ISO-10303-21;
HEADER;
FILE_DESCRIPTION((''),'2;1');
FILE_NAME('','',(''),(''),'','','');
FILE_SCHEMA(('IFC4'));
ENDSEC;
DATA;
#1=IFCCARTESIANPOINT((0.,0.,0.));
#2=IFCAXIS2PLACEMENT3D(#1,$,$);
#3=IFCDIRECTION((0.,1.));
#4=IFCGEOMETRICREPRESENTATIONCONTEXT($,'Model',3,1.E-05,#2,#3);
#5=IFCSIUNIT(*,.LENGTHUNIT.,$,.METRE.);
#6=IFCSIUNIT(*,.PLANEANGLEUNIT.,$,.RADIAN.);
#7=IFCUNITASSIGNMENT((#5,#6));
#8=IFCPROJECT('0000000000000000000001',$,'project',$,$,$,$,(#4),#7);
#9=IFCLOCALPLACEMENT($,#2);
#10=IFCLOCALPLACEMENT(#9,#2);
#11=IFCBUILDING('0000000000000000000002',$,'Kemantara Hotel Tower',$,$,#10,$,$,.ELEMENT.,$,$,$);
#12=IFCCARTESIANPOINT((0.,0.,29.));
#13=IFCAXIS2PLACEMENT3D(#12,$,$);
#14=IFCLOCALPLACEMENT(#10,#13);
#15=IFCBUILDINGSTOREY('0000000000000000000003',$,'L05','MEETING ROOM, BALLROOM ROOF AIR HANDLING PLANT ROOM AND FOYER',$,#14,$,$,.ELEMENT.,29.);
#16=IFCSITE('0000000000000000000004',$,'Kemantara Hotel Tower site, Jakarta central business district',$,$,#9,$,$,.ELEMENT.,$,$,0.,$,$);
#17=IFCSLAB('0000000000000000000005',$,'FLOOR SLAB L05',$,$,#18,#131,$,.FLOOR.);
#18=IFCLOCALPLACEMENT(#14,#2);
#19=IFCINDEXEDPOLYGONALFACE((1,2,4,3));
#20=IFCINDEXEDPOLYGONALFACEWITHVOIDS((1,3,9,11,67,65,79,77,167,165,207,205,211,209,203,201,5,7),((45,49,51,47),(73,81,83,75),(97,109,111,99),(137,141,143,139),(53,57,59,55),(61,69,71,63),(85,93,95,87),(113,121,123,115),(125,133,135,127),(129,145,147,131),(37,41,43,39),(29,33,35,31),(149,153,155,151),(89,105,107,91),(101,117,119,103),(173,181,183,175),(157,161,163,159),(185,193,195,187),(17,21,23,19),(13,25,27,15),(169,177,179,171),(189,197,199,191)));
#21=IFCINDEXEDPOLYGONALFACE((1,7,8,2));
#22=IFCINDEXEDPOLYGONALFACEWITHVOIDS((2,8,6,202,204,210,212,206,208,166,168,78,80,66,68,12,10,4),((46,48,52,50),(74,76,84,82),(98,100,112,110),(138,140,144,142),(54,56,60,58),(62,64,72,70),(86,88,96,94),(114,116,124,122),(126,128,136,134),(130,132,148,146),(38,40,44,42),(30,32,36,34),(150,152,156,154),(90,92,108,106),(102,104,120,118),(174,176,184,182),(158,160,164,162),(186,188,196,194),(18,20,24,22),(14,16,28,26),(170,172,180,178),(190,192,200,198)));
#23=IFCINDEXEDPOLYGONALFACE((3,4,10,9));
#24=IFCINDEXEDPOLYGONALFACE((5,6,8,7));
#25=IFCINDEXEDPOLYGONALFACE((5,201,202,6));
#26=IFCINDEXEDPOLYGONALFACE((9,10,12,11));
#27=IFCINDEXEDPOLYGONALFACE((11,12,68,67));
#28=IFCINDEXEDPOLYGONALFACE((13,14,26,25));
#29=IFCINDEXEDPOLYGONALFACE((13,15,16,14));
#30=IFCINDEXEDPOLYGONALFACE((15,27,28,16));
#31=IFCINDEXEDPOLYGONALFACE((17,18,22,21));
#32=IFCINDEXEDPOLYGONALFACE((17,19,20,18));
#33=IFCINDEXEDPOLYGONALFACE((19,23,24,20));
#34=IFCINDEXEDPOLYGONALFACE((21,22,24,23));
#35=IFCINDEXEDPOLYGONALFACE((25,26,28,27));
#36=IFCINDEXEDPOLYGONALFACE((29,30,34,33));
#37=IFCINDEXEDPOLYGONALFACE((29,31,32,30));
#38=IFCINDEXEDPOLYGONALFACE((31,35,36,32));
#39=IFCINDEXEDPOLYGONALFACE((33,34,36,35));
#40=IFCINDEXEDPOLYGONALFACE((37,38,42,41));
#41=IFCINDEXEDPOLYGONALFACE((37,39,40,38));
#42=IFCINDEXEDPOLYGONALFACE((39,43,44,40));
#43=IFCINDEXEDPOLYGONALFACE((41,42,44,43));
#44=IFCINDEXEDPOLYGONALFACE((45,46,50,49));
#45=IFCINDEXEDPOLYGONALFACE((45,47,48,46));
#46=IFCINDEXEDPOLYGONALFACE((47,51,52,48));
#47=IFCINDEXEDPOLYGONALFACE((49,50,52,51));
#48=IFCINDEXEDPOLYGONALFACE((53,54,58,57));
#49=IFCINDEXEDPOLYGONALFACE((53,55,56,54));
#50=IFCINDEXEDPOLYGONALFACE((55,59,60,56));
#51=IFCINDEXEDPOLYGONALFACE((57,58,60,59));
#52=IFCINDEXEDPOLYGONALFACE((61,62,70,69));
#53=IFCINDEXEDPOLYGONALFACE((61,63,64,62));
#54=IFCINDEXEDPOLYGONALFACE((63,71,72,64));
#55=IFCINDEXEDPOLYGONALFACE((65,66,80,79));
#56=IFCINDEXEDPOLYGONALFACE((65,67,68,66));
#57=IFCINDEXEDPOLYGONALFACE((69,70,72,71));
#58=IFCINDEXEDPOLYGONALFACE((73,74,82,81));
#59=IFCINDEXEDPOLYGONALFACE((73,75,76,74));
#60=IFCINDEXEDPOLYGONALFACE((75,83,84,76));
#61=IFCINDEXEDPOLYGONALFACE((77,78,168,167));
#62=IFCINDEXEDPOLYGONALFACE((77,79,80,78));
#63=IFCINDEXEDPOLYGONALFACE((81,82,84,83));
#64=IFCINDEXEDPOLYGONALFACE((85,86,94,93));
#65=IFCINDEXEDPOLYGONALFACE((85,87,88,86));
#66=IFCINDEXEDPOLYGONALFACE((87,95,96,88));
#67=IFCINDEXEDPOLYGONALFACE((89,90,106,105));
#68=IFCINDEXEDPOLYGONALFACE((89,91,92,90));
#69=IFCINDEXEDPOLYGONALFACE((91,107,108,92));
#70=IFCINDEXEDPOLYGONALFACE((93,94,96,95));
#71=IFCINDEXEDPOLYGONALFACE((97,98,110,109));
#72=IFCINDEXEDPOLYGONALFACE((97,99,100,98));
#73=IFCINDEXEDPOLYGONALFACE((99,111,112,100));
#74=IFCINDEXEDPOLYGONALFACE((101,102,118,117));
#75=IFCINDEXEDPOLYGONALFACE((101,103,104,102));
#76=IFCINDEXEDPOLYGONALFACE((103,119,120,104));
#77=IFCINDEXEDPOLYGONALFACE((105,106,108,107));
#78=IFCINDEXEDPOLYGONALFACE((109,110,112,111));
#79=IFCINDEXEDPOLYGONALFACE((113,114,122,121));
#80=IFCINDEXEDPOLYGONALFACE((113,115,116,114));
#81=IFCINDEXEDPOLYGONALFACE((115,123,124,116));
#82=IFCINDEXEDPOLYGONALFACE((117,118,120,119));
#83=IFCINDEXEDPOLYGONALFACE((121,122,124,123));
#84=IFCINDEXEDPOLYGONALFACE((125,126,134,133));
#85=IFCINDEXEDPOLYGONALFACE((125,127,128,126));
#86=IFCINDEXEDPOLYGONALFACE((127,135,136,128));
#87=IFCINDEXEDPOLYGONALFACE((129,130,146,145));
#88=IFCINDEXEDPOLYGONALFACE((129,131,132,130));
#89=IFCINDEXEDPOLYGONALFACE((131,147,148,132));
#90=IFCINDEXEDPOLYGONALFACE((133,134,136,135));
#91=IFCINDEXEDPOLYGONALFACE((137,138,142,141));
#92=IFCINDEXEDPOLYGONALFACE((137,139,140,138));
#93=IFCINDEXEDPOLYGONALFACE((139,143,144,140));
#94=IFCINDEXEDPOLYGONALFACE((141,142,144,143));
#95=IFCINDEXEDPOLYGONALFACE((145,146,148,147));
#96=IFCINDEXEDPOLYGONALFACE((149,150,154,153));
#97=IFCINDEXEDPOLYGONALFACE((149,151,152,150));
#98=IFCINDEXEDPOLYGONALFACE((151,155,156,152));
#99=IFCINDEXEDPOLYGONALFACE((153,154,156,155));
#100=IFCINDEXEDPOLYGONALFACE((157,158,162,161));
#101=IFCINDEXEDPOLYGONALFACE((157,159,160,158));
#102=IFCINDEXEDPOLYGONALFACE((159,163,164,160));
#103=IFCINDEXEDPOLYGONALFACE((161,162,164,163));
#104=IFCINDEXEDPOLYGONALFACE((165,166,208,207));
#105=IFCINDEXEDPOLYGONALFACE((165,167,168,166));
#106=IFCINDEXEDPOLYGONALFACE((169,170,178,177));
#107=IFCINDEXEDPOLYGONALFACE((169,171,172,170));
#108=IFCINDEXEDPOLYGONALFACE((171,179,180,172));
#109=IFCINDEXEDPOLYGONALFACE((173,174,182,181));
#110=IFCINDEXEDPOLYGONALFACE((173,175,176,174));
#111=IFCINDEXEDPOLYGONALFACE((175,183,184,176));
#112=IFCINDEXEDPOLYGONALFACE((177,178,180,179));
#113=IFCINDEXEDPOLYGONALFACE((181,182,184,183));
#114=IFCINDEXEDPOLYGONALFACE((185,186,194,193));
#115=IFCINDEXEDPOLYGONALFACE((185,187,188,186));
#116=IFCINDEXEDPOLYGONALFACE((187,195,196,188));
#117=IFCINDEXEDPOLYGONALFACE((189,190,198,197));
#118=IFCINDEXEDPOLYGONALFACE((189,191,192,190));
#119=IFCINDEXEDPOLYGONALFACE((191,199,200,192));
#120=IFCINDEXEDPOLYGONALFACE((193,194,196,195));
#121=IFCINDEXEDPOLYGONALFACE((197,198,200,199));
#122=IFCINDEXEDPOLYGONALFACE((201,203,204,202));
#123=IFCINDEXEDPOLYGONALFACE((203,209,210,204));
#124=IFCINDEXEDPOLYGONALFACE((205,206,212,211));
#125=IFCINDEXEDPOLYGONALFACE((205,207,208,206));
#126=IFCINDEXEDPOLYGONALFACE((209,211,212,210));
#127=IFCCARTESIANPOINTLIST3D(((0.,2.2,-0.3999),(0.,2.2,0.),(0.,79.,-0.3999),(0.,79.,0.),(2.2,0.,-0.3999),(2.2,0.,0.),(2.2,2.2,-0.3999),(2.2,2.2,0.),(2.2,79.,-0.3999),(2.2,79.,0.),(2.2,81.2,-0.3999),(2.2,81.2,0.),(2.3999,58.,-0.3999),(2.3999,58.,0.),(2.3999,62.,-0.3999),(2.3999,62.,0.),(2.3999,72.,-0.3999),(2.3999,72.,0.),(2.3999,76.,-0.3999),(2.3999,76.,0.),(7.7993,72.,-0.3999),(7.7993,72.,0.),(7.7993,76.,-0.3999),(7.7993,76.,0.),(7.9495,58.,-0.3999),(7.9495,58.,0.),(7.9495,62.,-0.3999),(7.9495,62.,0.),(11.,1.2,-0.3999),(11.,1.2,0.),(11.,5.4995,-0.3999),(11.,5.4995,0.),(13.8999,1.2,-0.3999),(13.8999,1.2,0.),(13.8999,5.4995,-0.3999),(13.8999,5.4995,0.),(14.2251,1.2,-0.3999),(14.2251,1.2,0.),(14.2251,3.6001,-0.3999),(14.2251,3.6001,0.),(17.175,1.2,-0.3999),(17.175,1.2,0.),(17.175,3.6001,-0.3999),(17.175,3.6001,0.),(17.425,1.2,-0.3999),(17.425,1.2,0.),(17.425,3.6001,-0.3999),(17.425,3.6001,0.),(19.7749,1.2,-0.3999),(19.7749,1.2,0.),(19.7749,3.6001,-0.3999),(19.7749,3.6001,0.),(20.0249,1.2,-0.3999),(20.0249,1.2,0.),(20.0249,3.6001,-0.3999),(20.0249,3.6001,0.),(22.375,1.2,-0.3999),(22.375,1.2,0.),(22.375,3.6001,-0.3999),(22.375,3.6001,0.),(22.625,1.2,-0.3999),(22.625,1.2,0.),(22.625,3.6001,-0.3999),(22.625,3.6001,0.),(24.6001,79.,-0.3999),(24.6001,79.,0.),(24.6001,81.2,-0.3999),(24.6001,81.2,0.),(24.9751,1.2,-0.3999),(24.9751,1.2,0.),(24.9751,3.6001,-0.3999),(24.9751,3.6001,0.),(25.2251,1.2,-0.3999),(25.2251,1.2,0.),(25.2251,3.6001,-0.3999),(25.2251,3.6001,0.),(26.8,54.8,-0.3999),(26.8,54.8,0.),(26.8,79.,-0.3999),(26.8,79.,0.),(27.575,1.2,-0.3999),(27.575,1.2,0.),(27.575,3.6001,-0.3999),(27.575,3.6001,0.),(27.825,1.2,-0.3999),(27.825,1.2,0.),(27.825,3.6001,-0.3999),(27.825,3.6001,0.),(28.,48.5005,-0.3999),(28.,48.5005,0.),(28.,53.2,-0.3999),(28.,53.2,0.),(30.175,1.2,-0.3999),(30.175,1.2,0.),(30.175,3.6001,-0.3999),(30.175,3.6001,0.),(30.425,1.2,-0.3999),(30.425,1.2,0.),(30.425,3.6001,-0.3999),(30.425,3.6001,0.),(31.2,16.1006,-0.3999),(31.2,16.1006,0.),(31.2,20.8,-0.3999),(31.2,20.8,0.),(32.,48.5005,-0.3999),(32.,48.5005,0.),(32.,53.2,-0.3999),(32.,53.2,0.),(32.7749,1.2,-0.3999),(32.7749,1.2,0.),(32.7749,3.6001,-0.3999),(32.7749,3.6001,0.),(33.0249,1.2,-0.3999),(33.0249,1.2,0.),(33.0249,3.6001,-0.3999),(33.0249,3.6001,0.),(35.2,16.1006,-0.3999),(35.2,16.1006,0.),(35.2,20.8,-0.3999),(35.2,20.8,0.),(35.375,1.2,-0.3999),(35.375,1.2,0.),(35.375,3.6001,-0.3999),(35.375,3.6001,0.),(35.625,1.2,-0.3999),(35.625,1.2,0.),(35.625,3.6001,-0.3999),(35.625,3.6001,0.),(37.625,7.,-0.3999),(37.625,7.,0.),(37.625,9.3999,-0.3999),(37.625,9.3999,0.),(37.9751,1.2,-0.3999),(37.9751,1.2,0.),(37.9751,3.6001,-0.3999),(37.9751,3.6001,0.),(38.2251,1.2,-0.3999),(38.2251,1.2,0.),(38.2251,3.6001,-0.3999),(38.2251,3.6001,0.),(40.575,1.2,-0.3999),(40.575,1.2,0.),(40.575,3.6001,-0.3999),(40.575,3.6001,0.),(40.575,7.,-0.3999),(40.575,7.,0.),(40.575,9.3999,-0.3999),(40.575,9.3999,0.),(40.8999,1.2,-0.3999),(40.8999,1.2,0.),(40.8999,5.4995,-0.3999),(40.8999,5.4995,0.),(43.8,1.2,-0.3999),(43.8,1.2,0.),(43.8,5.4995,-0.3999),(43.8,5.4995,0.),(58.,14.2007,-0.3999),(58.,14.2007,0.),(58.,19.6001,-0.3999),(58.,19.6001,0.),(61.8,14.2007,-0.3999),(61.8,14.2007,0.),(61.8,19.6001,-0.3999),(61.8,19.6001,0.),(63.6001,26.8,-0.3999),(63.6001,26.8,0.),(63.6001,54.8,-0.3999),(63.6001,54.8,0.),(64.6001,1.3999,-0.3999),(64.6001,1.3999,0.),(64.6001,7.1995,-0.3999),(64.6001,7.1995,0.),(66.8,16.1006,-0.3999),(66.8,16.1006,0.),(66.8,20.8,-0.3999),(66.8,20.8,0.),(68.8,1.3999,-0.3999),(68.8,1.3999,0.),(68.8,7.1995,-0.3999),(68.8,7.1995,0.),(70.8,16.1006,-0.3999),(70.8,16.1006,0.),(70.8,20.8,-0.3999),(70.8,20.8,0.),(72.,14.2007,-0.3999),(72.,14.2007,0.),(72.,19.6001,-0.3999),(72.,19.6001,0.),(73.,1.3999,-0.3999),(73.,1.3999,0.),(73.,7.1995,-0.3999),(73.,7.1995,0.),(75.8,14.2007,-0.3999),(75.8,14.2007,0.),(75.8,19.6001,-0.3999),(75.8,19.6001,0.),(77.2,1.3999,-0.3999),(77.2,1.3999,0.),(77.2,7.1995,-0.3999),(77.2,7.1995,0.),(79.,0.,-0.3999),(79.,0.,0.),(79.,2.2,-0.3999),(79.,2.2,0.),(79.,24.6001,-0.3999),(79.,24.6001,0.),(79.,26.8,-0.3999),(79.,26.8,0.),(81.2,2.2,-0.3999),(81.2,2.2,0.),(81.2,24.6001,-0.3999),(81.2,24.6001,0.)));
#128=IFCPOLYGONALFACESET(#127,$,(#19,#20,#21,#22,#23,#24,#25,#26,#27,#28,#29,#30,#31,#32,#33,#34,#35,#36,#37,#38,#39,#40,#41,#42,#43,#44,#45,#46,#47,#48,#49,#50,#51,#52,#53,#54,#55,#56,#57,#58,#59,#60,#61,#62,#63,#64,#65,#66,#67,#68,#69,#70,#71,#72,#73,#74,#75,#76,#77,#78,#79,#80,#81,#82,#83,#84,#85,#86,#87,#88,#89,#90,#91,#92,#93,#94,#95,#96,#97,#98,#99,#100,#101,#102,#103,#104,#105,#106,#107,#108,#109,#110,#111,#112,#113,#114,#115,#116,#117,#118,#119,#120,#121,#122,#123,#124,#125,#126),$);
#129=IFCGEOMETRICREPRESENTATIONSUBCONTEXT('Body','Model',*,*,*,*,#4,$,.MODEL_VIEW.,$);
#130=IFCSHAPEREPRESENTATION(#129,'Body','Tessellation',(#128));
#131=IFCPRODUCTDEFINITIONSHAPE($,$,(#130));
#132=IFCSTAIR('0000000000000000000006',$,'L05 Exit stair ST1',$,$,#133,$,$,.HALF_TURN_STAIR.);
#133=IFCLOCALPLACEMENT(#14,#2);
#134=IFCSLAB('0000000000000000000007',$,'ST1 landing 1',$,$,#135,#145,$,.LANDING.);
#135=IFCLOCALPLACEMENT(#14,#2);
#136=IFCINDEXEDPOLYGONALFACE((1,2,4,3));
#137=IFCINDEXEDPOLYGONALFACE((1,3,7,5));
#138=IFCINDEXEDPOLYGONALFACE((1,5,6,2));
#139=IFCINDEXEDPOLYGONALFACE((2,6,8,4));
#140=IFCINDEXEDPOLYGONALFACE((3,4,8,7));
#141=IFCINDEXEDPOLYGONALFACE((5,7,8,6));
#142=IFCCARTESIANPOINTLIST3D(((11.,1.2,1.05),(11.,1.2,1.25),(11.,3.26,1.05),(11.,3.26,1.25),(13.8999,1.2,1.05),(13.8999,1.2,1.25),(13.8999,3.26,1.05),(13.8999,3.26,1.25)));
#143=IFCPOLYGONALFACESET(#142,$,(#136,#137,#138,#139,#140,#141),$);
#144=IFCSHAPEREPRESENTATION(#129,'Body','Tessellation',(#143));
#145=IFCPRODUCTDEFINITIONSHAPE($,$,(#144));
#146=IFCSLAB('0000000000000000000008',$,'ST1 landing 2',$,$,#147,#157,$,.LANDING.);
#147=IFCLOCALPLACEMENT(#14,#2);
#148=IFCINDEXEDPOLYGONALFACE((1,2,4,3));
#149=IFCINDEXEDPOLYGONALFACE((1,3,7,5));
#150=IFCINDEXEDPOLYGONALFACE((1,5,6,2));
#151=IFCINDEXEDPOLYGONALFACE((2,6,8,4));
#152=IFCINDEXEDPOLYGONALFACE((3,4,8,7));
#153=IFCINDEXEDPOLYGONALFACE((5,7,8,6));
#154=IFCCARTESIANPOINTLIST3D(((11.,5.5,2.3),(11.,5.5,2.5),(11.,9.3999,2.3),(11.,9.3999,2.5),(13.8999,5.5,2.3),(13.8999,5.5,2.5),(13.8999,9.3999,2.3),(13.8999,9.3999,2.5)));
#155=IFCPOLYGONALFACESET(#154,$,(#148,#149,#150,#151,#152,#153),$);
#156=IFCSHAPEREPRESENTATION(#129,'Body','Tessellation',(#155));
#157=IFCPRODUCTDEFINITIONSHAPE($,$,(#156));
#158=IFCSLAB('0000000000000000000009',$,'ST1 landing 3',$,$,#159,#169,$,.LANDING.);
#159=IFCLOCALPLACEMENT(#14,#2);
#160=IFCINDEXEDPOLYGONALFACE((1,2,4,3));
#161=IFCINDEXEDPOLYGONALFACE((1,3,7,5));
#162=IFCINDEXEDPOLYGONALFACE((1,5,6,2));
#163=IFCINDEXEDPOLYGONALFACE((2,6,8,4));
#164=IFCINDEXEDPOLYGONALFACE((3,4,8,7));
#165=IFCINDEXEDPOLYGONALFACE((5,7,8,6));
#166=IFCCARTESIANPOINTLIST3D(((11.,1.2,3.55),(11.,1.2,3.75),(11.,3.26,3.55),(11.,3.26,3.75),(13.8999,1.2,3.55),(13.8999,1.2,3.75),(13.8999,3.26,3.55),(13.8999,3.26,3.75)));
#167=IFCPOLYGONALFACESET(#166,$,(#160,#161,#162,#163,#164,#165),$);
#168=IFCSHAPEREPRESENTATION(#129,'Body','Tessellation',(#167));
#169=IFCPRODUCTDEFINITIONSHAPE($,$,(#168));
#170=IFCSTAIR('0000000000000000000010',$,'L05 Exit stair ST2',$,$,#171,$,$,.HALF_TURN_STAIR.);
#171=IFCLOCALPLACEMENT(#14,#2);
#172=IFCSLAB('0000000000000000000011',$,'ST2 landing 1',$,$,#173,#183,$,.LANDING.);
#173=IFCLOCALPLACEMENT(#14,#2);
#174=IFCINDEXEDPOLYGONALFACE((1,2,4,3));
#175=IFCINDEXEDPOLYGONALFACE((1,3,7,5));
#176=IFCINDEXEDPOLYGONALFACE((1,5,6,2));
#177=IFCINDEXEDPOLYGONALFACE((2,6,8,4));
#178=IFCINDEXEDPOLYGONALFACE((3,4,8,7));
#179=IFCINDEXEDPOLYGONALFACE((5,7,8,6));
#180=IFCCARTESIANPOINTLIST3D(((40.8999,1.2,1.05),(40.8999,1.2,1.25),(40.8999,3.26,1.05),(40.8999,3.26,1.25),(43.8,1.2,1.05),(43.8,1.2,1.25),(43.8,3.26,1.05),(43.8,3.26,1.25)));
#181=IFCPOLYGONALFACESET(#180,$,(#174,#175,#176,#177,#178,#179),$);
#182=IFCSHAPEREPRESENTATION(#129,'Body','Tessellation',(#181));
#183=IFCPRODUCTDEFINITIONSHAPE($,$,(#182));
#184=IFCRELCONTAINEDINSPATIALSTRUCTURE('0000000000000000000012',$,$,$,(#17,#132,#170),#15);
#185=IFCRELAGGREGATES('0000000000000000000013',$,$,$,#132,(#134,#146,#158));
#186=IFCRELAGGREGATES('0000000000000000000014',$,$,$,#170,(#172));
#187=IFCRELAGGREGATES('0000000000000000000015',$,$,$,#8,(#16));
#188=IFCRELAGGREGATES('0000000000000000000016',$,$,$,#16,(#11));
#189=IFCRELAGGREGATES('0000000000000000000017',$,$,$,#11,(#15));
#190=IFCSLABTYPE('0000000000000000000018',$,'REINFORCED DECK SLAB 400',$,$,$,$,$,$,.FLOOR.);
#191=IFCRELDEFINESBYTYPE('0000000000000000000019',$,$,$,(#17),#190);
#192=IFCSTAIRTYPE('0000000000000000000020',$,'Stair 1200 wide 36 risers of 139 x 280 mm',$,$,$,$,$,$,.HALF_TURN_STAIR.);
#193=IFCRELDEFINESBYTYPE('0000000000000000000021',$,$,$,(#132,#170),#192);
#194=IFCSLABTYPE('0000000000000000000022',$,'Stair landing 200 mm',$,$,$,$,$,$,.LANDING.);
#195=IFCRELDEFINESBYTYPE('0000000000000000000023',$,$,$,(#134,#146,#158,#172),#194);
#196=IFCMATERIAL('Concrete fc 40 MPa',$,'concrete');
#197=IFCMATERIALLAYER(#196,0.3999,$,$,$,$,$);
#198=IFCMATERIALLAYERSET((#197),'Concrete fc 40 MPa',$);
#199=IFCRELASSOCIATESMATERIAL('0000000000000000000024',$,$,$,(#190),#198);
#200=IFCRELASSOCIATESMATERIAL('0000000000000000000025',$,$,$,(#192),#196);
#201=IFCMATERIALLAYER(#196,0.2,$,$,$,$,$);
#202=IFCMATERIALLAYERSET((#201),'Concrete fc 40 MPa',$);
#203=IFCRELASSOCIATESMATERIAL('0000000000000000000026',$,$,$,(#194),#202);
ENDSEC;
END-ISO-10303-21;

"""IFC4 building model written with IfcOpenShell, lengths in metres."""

from ifc_helpers import new_model, si_unit, direction, frame, origin, place, context, subcontext, project, spatial, polyline, outline, extrude, material, layer, layer_set, type_object, element, aggregate, save


model = new_model("IFC4")

# Units and contexts
model_context = context("Model", 3, precision=1e-05, world=origin(), true_north=direction((0.0, 1.0)))
body_context = subcontext(model_context, "Body", "Model", "MODEL_VIEW")
ifc_project = project(units=[si_unit("LENGTHUNIT", "METRE"), si_unit("PLANEANGLEUNIT", "RADIAN")], contexts=[model_context])

# Site, building, storey
site_placement = place(None, origin())
site = spatial("IfcSite", under=ifc_project, at=site_placement, Name="Kemantara Hotel Tower site, Jakarta central business district", CompositionType="ELEMENT", RefElevation=0.0)
building_placement = place(site_placement, origin())
building = spatial("IfcBuilding", under=site, at=building_placement, Name="Kemantara Hotel Tower", CompositionType="ELEMENT")
storey_placement = place(building_placement, frame((0.0, 0.0, 29.0)))
storey = spatial("IfcBuildingStorey", under=building, at=storey_placement, Name="L05", Description="MEETING ROOM, BALLROOM ROOF AIR HANDLING PLANT ROOM AND FOYER", CompositionType="ELEMENT", Elevation=29.0)

# Slab
ifc_material_1 = material(Name="Concrete fc 40 MPa", Category="concrete")
ifc_layer_1 = layer(ifc_material_1, 0.3999)
ifc_layer_set_1 = layer_set([ifc_layer_1], Name="Concrete fc 40 MPa")
slab_type_1 = type_object("IfcSlabType", Name="REINFORCED DECK SLAB 400", PredefinedType="FLOOR", material=ifc_layer_set_1)
slab_1_placement = place(storey_placement, frame((0.0, 0.0, -0.3999)))
element("IfcSlab", 1, at=slab_1_placement, inside=storey, type_object=slab_type_1, Name="FLOOR SLAB L05", PredefinedType="FLOOR", context=body_context, shape_type="SweptSolid", body=[
    extrude(outline(polyline([(0.0, 2.2), (2.2, 2.2), (2.2, 0.0), (79.0, 0.0), (79.0, 2.2), (81.2, 2.2), (81.2, 24.6001), (79.0, 24.6001), (79.0, 26.8), (63.6001, 26.8), (63.6001, 54.8), (26.8, 54.8), (26.8, 79.0), (24.6001, 79.0), (24.6001, 81.2), (2.2, 81.2), (2.2, 79.0), (0.0, 79.0), (0.0, 2.2)]), holes=[polyline([(17.175, 1.2), (14.2251, 1.2), (14.2251, 3.6001), (17.175, 3.6001), (17.175, 1.2)]), polyline([(19.7749, 1.2), (17.425, 1.2), (17.425, 3.6001), (19.7749, 3.6001), (19.7749, 1.2)]), polyline([(22.375, 1.2), (20.0249, 1.2), (20.0249, 3.6001), (22.375, 3.6001), (22.375, 1.2)]), polyline([(22.625, 1.2), (22.625, 3.6001), (24.9751, 3.6001), (24.9751, 1.2), (22.625, 1.2)]), polyline([(25.2251, 1.2), (25.2251, 3.6001), (27.575, 3.6001), (27.575, 1.2), (25.2251, 1.2)]), polyline([(30.175, 1.2), (27.825, 1.2), (27.825, 3.6001), (30.175, 3.6001), (30.175, 1.2)]), polyline([(30.425, 1.2), (30.425, 3.6001), (32.7749, 3.6001), (32.7749, 1.2), (30.425, 1.2)]), polyline([(11.0, 5.4995), (13.8999, 5.4995), (13.8999, 1.2), (11.0, 1.2), (11.0, 5.4995)]), polyline([(32.0, 53.2), (32.0, 48.5005), (28.0, 48.5005), (28.0, 53.2), (32.0, 53.2)]), polyline([(7.9495, 62.0), (7.9495, 58.0), (2.3999, 58.0), (2.3999, 62.0), (7.9495, 62.0)]), polyline([(7.7993, 76.0), (7.7993, 72.0), (2.3999, 72.0), (2.3999, 76.0), (7.7993, 76.0)]), polyline([(35.375, 1.2), (33.0249, 1.2), (33.0249, 3.6001), (35.375, 3.6001), (35.375, 1.2)]), polyline([(37.9751, 1.2), (35.625, 1.2), (35.625, 3.6001), (37.9751, 3.6001), (37.9751, 1.2)]), polyline([(40.575, 1.2), (38.2251, 1.2), (38.2251, 3.6001), (40.575, 3.6001), (40.575, 1.2)]), polyline([(40.8999, 5.4995), (43.8, 5.4995), (43.8, 1.2), (40.8999, 1.2), (40.8999, 5.4995)]), polyline([(64.6001, 7.1995), (68.8, 7.1995), (68.8, 1.3999), (64.6001, 1.3999), (64.6001, 7.1995)]), polyline([(73.0, 1.3999), (73.0, 7.1995), (77.2, 7.1995), (77.2, 1.3999), (73.0, 1.3999)]), polyline([(37.625, 7.0), (37.625, 9.3999), (40.575, 9.3999), (40.575, 7.0), (37.625, 7.0)]), polyline([(61.8, 14.2007), (58.0, 14.2007), (58.0, 19.6001), (61.8, 19.6001), (61.8, 14.2007)]), polyline([(75.8, 19.6001), (75.8, 14.2007), (72.0, 14.2007), (72.0, 19.6001), (75.8, 19.6001)]), polyline([(35.2, 16.1006), (31.2, 16.1006), (31.2, 20.8), (35.2, 20.8), (35.2, 16.1006)]), polyline([(70.8, 16.1006), (66.8, 16.1006), (66.8, 20.8), (70.8, 20.8), (70.8, 16.1006)])]), origin(), (0.0, 0.0, 1.0), 0.3999),
])

# Stairs, slabs
stair_type_1 = type_object("IfcStairType", Name="Stair 1200 wide 36 risers of 139 x 280 mm", PredefinedType="HALF_TURN_STAIR", material=ifc_material_1)
stair_1_placement = place(storey_placement, origin())
stair_1 = element("IfcStair", 2, at=stair_1_placement, inside=storey, type_object=stair_type_1, Name="L05 Exit stair ST1", PredefinedType="HALF_TURN_STAIR")
ifc_layer_2 = layer(ifc_material_1, 0.2)
ifc_layer_set_2 = layer_set([ifc_layer_2], Name="Concrete fc 40 MPa")
slab_type_2 = type_object("IfcSlabType", Name="Stair landing 200 mm", PredefinedType="LANDING", material=ifc_layer_set_2)
slab_2_placement = place(storey_placement, frame((0.0, 0.0, 1.05)))
slab_2 = element("IfcSlab", 3, at=slab_2_placement, type_object=slab_type_2, Name="ST1 landing 1", PredefinedType="LANDING", context=body_context, shape_type="SweptSolid", body=[
    extrude(outline(polyline([(11.0, 3.26), (11.0, 1.2), (13.8999, 1.2), (13.8999, 3.26), (11.0, 3.26)])), origin(), (0.0, 0.0, 1.0), 0.2),
])
slab_3_placement = place(storey_placement, frame((0.0, 0.0, 2.3)))
slab_3 = element("IfcSlab", 4, at=slab_3_placement, type_object=slab_type_2, Name="ST1 landing 2", PredefinedType="LANDING", context=body_context, shape_type="SweptSolid", body=[
    extrude(outline(polyline([(11.0, 9.3999), (11.0, 5.5), (13.8999, 5.5), (13.8999, 9.3999), (11.0, 9.3999)])), origin(), (0.0, 0.0, 1.0), 0.2),
])
slab_4_placement = place(storey_placement, frame((0.0, 0.0, 3.55)))
slab_4 = element("IfcSlab", 5, at=slab_4_placement, type_object=slab_type_2, Name="ST1 landing 3", PredefinedType="LANDING", context=body_context, shape_type="SweptSolid", body=[
    extrude(outline(polyline([(11.0, 3.26), (11.0, 1.2), (13.8999, 1.2), (13.8999, 3.26), (11.0, 3.26)])), origin(), (0.0, 0.0, 1.0), 0.2),
])
aggregate(stair_1, [slab_2, slab_3, slab_4])
stair_2_placement = place(storey_placement, origin())
stair_2 = element("IfcStair", 6, at=stair_2_placement, inside=storey, type_object=stair_type_1, Name="L05 Exit stair ST2", PredefinedType="HALF_TURN_STAIR")
slab_5_placement = place(storey_placement, frame((0.0, 0.0, 1.05)))
slab_5 = element("IfcSlab", 7, at=slab_5_placement, type_object=slab_type_2, Name="ST2 landing 1", PredefinedType="LANDING", context=body_context, shape_type="SweptSolid", body=[
    extrude(outline(polyline([(40.8999, 3.26), (40.8999, 1.2), (43.8, 1.2), (43.8, 3.26), (40.8999, 3.26)])), origin(), (0.0, 0.0, 1.0), 0.2),
])
aggregate(stair_2, [slab_5])

save(model, "model.ifc")
